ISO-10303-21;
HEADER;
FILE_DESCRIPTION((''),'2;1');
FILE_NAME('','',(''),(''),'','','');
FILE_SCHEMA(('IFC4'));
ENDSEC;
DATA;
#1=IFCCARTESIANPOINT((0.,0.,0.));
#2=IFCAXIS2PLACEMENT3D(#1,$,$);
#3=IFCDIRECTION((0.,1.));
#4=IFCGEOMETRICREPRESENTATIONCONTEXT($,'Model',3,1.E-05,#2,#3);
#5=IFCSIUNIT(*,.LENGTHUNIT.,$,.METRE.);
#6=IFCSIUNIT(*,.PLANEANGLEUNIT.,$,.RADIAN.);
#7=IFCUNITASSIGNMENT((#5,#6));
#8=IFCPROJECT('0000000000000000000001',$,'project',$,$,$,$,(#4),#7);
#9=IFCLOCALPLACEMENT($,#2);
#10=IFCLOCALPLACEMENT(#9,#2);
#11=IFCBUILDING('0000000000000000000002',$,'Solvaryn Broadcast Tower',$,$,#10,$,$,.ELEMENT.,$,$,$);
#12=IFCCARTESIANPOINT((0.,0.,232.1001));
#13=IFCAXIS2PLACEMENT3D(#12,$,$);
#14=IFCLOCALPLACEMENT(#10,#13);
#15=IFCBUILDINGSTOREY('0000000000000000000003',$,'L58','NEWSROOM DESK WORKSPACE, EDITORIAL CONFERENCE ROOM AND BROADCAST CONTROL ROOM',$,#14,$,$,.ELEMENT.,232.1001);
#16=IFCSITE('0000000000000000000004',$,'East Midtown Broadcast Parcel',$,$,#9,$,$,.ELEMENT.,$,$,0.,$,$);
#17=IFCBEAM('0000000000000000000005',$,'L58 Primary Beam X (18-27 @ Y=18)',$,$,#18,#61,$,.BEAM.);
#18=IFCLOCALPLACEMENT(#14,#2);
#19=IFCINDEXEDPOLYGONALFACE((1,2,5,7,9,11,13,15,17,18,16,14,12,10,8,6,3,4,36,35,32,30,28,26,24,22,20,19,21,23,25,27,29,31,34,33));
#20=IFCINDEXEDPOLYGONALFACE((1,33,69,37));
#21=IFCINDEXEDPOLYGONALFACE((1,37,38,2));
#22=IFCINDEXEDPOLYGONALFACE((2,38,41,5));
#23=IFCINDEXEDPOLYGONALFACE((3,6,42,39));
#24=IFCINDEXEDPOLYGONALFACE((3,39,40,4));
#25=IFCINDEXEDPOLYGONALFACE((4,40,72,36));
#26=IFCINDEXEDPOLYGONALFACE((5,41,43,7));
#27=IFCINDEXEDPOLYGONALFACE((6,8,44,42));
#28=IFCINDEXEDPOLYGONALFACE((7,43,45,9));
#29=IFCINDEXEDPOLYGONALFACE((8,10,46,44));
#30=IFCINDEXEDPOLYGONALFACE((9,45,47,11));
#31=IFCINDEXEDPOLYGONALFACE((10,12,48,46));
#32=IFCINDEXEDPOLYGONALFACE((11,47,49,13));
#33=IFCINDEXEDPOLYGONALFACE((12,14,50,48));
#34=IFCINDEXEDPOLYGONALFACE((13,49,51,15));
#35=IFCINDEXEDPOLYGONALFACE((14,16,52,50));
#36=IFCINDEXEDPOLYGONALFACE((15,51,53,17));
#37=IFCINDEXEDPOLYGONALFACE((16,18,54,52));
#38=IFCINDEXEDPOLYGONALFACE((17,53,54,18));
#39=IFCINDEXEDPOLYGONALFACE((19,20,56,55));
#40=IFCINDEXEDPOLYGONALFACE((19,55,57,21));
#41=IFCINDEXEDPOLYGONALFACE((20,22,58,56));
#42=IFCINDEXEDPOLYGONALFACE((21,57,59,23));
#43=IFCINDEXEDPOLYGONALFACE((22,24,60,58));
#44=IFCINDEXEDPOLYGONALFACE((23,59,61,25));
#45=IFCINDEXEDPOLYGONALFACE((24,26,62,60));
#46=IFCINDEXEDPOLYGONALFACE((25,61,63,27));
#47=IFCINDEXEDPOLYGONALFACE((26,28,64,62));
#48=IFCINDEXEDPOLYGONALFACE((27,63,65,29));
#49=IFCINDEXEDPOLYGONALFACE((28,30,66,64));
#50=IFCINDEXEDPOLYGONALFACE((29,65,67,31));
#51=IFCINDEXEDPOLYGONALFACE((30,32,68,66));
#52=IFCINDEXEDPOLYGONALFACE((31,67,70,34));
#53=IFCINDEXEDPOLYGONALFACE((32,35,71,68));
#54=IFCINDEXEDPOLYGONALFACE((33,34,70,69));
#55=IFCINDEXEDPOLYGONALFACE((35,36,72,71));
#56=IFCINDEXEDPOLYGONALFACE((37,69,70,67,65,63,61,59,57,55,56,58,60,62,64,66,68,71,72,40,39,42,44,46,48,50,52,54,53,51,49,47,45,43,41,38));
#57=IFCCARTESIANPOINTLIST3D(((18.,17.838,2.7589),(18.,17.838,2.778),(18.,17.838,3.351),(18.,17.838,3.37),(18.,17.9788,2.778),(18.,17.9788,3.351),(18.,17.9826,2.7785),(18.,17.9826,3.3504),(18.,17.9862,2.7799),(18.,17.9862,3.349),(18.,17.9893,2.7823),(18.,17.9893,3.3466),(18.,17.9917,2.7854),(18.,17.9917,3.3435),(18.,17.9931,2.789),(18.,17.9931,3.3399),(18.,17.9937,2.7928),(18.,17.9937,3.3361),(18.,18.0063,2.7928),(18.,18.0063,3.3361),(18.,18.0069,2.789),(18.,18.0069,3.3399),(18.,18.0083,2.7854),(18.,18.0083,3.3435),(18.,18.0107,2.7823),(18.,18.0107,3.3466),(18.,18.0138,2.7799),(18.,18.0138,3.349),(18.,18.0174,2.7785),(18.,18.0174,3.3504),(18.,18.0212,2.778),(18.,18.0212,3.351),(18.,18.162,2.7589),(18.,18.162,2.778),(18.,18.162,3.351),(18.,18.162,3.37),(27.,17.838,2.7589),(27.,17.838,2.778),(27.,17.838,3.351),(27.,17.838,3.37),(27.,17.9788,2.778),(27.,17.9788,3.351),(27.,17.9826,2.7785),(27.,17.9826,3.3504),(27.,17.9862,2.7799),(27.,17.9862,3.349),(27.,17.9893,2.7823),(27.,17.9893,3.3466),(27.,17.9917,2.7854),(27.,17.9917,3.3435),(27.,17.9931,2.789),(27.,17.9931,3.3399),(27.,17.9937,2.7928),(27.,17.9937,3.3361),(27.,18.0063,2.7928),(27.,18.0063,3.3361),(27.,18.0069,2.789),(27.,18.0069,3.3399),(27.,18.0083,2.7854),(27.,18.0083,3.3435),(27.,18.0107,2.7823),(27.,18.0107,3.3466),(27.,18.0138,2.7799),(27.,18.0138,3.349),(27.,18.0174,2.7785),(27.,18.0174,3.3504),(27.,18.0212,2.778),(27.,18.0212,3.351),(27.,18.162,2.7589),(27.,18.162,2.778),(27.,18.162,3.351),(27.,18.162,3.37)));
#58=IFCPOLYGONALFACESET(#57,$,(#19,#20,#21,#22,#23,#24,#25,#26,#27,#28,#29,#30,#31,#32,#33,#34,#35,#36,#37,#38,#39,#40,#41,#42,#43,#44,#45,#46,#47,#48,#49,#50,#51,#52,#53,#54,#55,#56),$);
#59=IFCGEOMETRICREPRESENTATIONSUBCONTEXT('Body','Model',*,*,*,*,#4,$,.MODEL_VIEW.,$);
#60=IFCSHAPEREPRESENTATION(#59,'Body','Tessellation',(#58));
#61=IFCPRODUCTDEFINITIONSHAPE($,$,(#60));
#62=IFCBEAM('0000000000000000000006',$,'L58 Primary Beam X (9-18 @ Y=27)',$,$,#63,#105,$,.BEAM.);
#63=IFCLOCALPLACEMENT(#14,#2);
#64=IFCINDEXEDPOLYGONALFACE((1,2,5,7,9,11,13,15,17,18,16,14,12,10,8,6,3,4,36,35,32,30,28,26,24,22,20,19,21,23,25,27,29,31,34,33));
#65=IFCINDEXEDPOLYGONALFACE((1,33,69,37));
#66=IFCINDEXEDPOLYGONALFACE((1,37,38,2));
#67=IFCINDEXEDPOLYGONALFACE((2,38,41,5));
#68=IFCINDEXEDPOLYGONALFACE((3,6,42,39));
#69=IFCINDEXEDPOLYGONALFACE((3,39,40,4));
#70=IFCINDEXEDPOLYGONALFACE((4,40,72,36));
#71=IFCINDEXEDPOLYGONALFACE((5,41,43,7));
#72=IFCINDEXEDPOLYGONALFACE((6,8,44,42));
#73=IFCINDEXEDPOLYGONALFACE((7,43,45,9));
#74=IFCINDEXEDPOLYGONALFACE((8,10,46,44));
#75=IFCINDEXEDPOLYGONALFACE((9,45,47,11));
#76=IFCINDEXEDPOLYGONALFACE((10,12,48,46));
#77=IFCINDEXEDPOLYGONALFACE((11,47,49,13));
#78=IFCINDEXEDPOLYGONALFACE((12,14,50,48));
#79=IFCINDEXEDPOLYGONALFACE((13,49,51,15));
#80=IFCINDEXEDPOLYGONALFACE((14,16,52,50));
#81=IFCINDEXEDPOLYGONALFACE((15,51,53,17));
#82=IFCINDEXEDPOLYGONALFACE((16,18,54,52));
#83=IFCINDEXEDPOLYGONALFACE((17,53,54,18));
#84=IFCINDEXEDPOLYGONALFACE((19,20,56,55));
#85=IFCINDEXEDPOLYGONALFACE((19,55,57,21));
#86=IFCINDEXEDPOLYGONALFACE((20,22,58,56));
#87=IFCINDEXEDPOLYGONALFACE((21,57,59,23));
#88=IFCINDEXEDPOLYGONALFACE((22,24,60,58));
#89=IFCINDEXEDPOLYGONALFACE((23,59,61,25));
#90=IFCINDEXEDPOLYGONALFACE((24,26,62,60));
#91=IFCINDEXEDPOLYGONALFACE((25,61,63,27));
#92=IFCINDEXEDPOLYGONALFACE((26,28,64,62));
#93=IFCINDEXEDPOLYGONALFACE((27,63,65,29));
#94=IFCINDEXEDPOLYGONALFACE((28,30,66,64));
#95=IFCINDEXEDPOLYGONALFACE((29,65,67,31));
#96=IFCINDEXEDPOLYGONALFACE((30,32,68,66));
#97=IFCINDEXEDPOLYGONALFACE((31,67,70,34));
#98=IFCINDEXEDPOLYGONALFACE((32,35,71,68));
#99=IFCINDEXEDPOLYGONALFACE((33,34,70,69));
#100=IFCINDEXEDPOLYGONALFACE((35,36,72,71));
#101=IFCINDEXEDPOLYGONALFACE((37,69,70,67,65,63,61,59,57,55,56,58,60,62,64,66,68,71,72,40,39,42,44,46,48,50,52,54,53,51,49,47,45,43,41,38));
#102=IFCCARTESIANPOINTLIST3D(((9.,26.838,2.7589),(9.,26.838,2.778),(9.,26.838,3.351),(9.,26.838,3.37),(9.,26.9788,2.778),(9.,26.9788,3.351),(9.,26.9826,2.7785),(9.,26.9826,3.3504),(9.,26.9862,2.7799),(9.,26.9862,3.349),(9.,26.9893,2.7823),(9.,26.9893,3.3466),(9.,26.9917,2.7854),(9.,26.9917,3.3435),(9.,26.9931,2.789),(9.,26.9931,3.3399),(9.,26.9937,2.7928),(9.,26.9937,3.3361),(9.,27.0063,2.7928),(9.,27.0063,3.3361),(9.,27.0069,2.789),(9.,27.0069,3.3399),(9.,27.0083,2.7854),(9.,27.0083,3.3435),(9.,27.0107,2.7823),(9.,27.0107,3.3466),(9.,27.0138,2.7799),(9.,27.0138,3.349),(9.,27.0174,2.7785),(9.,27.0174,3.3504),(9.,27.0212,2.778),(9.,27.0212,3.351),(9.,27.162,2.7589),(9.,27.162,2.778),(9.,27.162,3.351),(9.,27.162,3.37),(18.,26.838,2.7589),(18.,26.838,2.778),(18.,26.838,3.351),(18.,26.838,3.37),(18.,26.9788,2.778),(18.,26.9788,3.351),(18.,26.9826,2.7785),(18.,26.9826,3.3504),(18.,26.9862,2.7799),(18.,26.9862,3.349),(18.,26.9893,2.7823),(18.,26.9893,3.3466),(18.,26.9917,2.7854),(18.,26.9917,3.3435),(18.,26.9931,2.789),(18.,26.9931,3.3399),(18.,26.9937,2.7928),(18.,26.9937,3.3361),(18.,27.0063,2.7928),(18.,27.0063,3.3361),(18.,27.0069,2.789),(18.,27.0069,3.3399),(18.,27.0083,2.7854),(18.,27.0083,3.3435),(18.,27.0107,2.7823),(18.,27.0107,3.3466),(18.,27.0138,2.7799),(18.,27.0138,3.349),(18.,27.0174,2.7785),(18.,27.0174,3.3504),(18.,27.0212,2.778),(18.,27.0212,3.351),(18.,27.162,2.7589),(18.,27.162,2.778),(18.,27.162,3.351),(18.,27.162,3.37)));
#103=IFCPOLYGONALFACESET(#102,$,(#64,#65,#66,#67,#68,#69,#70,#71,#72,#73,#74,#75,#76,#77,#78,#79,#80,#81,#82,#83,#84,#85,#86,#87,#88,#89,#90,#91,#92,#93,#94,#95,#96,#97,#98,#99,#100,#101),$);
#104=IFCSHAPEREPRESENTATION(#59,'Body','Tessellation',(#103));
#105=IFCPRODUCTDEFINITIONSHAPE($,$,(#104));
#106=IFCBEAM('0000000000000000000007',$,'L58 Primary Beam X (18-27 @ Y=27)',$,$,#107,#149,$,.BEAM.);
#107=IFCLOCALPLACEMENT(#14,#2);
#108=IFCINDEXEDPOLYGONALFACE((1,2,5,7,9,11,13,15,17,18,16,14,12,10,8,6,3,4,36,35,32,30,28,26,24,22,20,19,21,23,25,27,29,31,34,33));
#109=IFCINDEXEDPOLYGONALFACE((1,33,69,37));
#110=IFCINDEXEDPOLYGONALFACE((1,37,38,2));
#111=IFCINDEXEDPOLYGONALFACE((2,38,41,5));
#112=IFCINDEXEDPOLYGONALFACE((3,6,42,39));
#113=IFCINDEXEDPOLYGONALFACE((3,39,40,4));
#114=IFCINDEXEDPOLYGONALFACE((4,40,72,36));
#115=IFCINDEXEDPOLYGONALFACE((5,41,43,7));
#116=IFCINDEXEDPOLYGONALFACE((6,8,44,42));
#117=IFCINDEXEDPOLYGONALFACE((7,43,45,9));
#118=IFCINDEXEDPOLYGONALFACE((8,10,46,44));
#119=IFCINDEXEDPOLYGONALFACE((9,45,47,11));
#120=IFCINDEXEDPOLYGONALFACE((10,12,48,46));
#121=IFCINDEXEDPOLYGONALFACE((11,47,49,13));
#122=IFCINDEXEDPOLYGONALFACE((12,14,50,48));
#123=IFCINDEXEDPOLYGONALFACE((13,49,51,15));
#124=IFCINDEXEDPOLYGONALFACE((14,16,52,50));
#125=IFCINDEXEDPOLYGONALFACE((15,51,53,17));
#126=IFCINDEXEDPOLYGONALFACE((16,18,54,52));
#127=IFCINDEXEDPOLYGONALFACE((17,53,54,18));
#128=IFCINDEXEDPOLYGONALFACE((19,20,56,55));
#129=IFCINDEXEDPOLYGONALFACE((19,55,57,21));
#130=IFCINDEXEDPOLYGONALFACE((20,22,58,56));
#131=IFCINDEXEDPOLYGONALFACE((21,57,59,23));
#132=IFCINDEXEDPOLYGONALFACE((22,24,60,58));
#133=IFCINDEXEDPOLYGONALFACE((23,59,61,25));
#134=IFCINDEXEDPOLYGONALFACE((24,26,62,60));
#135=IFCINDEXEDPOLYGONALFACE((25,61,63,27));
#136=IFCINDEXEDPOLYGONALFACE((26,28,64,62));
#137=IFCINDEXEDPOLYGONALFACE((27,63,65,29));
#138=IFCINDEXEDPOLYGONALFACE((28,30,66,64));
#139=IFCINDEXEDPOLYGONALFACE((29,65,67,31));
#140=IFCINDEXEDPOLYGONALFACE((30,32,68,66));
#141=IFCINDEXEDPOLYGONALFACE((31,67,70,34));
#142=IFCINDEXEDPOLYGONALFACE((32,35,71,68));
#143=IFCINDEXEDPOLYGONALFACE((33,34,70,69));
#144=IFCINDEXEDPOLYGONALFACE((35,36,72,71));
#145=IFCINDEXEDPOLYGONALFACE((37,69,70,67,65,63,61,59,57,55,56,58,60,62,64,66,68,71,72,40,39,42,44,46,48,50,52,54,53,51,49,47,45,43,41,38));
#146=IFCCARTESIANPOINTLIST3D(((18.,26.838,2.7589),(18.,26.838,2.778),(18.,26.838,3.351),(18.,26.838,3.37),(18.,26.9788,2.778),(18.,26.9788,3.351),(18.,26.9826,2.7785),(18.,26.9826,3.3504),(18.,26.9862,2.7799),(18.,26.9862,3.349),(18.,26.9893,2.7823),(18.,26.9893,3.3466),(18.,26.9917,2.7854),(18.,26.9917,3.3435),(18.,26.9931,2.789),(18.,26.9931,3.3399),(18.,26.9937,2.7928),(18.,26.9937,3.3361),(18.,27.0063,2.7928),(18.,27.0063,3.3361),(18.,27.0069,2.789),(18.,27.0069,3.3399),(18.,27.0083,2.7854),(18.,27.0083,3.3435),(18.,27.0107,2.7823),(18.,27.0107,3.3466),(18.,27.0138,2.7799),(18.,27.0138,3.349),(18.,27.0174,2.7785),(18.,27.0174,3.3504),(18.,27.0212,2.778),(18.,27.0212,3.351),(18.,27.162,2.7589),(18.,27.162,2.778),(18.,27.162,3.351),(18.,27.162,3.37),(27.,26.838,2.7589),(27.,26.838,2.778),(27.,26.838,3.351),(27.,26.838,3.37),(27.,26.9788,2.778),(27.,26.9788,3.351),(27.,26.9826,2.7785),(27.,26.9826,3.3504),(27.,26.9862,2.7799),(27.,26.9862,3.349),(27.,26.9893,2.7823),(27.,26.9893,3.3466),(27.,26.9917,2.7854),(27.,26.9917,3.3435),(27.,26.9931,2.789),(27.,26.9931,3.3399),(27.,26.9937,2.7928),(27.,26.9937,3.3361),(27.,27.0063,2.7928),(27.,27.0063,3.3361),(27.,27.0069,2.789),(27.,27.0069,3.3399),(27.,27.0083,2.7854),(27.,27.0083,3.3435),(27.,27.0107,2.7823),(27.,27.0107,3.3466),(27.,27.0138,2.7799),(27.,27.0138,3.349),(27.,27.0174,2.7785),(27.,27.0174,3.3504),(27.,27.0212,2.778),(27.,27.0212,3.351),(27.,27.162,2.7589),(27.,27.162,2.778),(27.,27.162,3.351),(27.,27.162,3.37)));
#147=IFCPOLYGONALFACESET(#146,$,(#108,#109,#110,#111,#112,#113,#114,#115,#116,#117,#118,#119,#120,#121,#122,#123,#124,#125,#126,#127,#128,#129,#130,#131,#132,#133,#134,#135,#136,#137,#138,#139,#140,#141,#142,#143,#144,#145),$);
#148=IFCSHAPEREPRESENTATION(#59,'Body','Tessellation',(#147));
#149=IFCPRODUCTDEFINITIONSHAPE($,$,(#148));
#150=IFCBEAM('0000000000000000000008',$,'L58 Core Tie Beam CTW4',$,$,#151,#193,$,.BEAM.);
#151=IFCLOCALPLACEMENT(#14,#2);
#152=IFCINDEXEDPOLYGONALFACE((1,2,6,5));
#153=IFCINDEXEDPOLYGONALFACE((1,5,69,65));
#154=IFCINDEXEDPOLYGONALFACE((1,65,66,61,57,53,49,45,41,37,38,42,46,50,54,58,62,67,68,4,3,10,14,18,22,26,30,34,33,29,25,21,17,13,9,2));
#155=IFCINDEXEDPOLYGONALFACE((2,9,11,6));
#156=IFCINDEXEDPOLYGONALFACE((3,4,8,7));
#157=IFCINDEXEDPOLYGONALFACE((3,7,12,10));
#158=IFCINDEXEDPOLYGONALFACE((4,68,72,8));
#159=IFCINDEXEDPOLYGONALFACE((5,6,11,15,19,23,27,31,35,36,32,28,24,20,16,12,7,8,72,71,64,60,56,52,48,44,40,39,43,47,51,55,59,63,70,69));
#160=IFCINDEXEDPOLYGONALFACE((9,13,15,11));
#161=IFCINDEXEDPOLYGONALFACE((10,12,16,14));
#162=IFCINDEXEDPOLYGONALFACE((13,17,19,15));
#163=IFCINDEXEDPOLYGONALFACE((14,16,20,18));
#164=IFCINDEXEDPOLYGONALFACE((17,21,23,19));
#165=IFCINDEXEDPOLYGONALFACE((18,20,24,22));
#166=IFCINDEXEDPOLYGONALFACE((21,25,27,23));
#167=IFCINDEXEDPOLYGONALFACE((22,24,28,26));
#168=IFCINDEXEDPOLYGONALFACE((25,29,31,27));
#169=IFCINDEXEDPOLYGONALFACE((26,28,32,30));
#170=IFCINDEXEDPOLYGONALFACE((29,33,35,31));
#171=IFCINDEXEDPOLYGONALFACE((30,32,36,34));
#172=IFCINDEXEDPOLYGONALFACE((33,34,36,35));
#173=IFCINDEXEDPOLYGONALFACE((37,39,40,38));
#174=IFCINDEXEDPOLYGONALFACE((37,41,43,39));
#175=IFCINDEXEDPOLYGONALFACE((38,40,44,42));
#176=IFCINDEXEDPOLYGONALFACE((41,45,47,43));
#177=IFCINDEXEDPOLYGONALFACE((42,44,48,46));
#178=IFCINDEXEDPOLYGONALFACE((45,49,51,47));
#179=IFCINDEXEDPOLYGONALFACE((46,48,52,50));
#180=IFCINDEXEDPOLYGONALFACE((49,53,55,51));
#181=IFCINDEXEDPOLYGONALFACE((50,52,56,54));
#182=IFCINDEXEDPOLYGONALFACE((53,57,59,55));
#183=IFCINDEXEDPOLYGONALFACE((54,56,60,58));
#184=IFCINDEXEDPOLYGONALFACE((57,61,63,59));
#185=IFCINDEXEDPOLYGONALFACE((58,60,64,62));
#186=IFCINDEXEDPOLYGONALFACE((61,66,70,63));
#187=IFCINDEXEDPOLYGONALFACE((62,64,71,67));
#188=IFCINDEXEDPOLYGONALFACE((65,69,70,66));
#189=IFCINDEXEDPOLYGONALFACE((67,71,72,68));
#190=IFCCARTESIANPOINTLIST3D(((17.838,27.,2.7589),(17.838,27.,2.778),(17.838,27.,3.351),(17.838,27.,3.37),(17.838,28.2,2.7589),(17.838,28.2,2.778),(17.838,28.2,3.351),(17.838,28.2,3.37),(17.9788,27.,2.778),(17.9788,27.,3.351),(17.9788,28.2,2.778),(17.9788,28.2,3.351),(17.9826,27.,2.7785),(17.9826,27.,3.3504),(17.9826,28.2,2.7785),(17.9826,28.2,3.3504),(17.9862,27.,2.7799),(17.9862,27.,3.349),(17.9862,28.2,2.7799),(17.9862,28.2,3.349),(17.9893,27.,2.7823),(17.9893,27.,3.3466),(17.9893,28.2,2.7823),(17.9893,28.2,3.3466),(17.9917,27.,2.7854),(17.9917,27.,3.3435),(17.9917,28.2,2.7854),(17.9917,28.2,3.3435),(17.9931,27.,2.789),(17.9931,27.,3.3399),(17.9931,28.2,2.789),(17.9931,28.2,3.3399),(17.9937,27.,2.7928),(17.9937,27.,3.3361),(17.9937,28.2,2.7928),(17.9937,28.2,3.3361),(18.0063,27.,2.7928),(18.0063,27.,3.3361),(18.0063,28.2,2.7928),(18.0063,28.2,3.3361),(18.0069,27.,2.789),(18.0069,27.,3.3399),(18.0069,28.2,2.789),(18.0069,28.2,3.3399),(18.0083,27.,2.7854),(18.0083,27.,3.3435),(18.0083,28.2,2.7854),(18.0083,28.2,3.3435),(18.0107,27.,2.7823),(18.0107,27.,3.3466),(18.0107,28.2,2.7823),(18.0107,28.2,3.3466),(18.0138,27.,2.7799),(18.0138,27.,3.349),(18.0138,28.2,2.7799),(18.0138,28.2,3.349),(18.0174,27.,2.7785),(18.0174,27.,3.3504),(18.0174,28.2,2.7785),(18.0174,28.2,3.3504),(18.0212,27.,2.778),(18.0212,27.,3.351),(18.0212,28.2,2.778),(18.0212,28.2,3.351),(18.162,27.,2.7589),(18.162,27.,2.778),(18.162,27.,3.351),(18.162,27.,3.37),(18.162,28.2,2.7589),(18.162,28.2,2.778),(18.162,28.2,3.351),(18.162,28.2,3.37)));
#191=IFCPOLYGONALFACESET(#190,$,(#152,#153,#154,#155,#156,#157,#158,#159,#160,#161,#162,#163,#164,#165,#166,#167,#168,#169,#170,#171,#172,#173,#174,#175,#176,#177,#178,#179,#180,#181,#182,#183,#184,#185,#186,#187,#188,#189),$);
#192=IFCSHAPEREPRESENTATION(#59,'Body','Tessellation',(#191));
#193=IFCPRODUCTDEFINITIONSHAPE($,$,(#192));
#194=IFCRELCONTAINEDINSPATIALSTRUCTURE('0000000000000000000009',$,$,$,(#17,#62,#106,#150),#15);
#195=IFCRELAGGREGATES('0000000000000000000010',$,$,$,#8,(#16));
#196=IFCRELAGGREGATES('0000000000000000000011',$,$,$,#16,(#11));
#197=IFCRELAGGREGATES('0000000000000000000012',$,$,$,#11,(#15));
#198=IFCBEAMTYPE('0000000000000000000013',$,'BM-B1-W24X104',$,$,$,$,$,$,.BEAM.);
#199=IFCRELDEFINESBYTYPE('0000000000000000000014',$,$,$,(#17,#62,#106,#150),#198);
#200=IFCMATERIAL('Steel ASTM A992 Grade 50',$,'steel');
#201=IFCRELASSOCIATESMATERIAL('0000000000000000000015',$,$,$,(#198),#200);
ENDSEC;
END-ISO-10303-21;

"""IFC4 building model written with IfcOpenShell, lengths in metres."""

from ifc_helpers import new_model, si_unit, direction, frame, origin, origin_2d, place, context, subcontext, project, spatial, i_section, extrude, material, material_profile, profile_set, type_object, element, save


model = new_model("IFC4")

# Units and contexts
model_context = context("Model", 3, precision=1e-05, world=origin(), true_north=direction((0.0, 1.0)))
body_context = subcontext(model_context, "Body", "Model", "MODEL_VIEW")
ifc_project = project(units=[si_unit("LENGTHUNIT", "METRE"), si_unit("PLANEANGLEUNIT", "RADIAN")], contexts=[model_context])

# Site, building, storey
site_placement = place(None, origin())
site = spatial("IfcSite", under=ifc_project, at=site_placement, Name="East Midtown Broadcast Parcel", CompositionType="ELEMENT", RefElevation=0.0)
building_placement = place(site_placement, origin())
building = spatial("IfcBuilding", under=site, at=building_placement, Name="Solvaryn Broadcast Tower", CompositionType="ELEMENT")
storey_placement = place(building_placement, frame((0.0, 0.0, 232.1001)))
storey = spatial("IfcBuildingStorey", under=building, at=storey_placement, Name="L58", Description="NEWSROOM DESK WORKSPACE, EDITORIAL CONFERENCE ROOM AND BROADCAST CONTROL ROOM", CompositionType="ELEMENT", Elevation=232.1001)

# Beams
ifc_material_1 = material(Name="Steel ASTM A992 Grade 50", Category="steel")
ifc_material_profile_1 = material_profile(ifc_material_1, i_section(OverallWidth=0.324, OverallDepth=0.6111, WebThickness=0.0127, FlangeThickness=0.019, FilletRadius=0.0149, at=origin_2d()))
ifc_profile_set_1 = profile_set([ifc_material_profile_1], Name="Steel ASTM A992 Grade 50")
beam_type_1 = type_object("IfcBeamType", Name="BM-B1-W24X104", PredefinedType="BEAM", material=ifc_profile_set_1)
for number, where, z_axis, x_axis, name in (
    (1, (18.0, 18.0, 3.0645), (1.0, 0.0, 0.0), (0.0, 1.0, 0.0), "L58 Primary Beam X (18-27 @ Y=18)"),
    (2, (9.0, 27.0, 3.0645), (1.0, 0.0, 0.0), (0.0, 1.0, 0.0), "L58 Primary Beam X (9-18 @ Y=27)"),
    (3, (18.0, 27.0, 3.0645), (1.0, 0.0, 0.0), (0.0, 1.0, 0.0), "L58 Primary Beam X (18-27 @ Y=27)"),
):
    element("IfcBeam", number, at=place(storey_placement, frame(where, z_axis=z_axis, x_axis=x_axis)), inside=storey, type_object=beam_type_1, Name=name, PredefinedType="BEAM", context=body_context, shape_type="SweptSolid", body=[
        extrude(i_section(OverallWidth=0.324, OverallDepth=0.6111, WebThickness=0.0127, FlangeThickness=0.019, FilletRadius=0.0149, at=origin_2d()), origin(), (0.0, 0.0, 1.0), 9.0),
    ])
beam_1_placement = place(storey_placement, frame((18.0, 27.0, 3.0645), z_axis=(0.0, 1.0, 0.0), x_axis=(-1.0, 0.0, 0.0)))
element("IfcBeam", 4, at=beam_1_placement, inside=storey, type_object=beam_type_1, Name="L58 Core Tie Beam CTW4", PredefinedType="BEAM", context=body_context, shape_type="SweptSolid", body=[
    extrude(i_section(OverallWidth=0.324, OverallDepth=0.6111, WebThickness=0.0127, FlangeThickness=0.019, FilletRadius=0.0149, at=origin_2d()), origin(), (0.0, 0.0, 1.0), 1.2),
])

save(model, "model.ifc")
